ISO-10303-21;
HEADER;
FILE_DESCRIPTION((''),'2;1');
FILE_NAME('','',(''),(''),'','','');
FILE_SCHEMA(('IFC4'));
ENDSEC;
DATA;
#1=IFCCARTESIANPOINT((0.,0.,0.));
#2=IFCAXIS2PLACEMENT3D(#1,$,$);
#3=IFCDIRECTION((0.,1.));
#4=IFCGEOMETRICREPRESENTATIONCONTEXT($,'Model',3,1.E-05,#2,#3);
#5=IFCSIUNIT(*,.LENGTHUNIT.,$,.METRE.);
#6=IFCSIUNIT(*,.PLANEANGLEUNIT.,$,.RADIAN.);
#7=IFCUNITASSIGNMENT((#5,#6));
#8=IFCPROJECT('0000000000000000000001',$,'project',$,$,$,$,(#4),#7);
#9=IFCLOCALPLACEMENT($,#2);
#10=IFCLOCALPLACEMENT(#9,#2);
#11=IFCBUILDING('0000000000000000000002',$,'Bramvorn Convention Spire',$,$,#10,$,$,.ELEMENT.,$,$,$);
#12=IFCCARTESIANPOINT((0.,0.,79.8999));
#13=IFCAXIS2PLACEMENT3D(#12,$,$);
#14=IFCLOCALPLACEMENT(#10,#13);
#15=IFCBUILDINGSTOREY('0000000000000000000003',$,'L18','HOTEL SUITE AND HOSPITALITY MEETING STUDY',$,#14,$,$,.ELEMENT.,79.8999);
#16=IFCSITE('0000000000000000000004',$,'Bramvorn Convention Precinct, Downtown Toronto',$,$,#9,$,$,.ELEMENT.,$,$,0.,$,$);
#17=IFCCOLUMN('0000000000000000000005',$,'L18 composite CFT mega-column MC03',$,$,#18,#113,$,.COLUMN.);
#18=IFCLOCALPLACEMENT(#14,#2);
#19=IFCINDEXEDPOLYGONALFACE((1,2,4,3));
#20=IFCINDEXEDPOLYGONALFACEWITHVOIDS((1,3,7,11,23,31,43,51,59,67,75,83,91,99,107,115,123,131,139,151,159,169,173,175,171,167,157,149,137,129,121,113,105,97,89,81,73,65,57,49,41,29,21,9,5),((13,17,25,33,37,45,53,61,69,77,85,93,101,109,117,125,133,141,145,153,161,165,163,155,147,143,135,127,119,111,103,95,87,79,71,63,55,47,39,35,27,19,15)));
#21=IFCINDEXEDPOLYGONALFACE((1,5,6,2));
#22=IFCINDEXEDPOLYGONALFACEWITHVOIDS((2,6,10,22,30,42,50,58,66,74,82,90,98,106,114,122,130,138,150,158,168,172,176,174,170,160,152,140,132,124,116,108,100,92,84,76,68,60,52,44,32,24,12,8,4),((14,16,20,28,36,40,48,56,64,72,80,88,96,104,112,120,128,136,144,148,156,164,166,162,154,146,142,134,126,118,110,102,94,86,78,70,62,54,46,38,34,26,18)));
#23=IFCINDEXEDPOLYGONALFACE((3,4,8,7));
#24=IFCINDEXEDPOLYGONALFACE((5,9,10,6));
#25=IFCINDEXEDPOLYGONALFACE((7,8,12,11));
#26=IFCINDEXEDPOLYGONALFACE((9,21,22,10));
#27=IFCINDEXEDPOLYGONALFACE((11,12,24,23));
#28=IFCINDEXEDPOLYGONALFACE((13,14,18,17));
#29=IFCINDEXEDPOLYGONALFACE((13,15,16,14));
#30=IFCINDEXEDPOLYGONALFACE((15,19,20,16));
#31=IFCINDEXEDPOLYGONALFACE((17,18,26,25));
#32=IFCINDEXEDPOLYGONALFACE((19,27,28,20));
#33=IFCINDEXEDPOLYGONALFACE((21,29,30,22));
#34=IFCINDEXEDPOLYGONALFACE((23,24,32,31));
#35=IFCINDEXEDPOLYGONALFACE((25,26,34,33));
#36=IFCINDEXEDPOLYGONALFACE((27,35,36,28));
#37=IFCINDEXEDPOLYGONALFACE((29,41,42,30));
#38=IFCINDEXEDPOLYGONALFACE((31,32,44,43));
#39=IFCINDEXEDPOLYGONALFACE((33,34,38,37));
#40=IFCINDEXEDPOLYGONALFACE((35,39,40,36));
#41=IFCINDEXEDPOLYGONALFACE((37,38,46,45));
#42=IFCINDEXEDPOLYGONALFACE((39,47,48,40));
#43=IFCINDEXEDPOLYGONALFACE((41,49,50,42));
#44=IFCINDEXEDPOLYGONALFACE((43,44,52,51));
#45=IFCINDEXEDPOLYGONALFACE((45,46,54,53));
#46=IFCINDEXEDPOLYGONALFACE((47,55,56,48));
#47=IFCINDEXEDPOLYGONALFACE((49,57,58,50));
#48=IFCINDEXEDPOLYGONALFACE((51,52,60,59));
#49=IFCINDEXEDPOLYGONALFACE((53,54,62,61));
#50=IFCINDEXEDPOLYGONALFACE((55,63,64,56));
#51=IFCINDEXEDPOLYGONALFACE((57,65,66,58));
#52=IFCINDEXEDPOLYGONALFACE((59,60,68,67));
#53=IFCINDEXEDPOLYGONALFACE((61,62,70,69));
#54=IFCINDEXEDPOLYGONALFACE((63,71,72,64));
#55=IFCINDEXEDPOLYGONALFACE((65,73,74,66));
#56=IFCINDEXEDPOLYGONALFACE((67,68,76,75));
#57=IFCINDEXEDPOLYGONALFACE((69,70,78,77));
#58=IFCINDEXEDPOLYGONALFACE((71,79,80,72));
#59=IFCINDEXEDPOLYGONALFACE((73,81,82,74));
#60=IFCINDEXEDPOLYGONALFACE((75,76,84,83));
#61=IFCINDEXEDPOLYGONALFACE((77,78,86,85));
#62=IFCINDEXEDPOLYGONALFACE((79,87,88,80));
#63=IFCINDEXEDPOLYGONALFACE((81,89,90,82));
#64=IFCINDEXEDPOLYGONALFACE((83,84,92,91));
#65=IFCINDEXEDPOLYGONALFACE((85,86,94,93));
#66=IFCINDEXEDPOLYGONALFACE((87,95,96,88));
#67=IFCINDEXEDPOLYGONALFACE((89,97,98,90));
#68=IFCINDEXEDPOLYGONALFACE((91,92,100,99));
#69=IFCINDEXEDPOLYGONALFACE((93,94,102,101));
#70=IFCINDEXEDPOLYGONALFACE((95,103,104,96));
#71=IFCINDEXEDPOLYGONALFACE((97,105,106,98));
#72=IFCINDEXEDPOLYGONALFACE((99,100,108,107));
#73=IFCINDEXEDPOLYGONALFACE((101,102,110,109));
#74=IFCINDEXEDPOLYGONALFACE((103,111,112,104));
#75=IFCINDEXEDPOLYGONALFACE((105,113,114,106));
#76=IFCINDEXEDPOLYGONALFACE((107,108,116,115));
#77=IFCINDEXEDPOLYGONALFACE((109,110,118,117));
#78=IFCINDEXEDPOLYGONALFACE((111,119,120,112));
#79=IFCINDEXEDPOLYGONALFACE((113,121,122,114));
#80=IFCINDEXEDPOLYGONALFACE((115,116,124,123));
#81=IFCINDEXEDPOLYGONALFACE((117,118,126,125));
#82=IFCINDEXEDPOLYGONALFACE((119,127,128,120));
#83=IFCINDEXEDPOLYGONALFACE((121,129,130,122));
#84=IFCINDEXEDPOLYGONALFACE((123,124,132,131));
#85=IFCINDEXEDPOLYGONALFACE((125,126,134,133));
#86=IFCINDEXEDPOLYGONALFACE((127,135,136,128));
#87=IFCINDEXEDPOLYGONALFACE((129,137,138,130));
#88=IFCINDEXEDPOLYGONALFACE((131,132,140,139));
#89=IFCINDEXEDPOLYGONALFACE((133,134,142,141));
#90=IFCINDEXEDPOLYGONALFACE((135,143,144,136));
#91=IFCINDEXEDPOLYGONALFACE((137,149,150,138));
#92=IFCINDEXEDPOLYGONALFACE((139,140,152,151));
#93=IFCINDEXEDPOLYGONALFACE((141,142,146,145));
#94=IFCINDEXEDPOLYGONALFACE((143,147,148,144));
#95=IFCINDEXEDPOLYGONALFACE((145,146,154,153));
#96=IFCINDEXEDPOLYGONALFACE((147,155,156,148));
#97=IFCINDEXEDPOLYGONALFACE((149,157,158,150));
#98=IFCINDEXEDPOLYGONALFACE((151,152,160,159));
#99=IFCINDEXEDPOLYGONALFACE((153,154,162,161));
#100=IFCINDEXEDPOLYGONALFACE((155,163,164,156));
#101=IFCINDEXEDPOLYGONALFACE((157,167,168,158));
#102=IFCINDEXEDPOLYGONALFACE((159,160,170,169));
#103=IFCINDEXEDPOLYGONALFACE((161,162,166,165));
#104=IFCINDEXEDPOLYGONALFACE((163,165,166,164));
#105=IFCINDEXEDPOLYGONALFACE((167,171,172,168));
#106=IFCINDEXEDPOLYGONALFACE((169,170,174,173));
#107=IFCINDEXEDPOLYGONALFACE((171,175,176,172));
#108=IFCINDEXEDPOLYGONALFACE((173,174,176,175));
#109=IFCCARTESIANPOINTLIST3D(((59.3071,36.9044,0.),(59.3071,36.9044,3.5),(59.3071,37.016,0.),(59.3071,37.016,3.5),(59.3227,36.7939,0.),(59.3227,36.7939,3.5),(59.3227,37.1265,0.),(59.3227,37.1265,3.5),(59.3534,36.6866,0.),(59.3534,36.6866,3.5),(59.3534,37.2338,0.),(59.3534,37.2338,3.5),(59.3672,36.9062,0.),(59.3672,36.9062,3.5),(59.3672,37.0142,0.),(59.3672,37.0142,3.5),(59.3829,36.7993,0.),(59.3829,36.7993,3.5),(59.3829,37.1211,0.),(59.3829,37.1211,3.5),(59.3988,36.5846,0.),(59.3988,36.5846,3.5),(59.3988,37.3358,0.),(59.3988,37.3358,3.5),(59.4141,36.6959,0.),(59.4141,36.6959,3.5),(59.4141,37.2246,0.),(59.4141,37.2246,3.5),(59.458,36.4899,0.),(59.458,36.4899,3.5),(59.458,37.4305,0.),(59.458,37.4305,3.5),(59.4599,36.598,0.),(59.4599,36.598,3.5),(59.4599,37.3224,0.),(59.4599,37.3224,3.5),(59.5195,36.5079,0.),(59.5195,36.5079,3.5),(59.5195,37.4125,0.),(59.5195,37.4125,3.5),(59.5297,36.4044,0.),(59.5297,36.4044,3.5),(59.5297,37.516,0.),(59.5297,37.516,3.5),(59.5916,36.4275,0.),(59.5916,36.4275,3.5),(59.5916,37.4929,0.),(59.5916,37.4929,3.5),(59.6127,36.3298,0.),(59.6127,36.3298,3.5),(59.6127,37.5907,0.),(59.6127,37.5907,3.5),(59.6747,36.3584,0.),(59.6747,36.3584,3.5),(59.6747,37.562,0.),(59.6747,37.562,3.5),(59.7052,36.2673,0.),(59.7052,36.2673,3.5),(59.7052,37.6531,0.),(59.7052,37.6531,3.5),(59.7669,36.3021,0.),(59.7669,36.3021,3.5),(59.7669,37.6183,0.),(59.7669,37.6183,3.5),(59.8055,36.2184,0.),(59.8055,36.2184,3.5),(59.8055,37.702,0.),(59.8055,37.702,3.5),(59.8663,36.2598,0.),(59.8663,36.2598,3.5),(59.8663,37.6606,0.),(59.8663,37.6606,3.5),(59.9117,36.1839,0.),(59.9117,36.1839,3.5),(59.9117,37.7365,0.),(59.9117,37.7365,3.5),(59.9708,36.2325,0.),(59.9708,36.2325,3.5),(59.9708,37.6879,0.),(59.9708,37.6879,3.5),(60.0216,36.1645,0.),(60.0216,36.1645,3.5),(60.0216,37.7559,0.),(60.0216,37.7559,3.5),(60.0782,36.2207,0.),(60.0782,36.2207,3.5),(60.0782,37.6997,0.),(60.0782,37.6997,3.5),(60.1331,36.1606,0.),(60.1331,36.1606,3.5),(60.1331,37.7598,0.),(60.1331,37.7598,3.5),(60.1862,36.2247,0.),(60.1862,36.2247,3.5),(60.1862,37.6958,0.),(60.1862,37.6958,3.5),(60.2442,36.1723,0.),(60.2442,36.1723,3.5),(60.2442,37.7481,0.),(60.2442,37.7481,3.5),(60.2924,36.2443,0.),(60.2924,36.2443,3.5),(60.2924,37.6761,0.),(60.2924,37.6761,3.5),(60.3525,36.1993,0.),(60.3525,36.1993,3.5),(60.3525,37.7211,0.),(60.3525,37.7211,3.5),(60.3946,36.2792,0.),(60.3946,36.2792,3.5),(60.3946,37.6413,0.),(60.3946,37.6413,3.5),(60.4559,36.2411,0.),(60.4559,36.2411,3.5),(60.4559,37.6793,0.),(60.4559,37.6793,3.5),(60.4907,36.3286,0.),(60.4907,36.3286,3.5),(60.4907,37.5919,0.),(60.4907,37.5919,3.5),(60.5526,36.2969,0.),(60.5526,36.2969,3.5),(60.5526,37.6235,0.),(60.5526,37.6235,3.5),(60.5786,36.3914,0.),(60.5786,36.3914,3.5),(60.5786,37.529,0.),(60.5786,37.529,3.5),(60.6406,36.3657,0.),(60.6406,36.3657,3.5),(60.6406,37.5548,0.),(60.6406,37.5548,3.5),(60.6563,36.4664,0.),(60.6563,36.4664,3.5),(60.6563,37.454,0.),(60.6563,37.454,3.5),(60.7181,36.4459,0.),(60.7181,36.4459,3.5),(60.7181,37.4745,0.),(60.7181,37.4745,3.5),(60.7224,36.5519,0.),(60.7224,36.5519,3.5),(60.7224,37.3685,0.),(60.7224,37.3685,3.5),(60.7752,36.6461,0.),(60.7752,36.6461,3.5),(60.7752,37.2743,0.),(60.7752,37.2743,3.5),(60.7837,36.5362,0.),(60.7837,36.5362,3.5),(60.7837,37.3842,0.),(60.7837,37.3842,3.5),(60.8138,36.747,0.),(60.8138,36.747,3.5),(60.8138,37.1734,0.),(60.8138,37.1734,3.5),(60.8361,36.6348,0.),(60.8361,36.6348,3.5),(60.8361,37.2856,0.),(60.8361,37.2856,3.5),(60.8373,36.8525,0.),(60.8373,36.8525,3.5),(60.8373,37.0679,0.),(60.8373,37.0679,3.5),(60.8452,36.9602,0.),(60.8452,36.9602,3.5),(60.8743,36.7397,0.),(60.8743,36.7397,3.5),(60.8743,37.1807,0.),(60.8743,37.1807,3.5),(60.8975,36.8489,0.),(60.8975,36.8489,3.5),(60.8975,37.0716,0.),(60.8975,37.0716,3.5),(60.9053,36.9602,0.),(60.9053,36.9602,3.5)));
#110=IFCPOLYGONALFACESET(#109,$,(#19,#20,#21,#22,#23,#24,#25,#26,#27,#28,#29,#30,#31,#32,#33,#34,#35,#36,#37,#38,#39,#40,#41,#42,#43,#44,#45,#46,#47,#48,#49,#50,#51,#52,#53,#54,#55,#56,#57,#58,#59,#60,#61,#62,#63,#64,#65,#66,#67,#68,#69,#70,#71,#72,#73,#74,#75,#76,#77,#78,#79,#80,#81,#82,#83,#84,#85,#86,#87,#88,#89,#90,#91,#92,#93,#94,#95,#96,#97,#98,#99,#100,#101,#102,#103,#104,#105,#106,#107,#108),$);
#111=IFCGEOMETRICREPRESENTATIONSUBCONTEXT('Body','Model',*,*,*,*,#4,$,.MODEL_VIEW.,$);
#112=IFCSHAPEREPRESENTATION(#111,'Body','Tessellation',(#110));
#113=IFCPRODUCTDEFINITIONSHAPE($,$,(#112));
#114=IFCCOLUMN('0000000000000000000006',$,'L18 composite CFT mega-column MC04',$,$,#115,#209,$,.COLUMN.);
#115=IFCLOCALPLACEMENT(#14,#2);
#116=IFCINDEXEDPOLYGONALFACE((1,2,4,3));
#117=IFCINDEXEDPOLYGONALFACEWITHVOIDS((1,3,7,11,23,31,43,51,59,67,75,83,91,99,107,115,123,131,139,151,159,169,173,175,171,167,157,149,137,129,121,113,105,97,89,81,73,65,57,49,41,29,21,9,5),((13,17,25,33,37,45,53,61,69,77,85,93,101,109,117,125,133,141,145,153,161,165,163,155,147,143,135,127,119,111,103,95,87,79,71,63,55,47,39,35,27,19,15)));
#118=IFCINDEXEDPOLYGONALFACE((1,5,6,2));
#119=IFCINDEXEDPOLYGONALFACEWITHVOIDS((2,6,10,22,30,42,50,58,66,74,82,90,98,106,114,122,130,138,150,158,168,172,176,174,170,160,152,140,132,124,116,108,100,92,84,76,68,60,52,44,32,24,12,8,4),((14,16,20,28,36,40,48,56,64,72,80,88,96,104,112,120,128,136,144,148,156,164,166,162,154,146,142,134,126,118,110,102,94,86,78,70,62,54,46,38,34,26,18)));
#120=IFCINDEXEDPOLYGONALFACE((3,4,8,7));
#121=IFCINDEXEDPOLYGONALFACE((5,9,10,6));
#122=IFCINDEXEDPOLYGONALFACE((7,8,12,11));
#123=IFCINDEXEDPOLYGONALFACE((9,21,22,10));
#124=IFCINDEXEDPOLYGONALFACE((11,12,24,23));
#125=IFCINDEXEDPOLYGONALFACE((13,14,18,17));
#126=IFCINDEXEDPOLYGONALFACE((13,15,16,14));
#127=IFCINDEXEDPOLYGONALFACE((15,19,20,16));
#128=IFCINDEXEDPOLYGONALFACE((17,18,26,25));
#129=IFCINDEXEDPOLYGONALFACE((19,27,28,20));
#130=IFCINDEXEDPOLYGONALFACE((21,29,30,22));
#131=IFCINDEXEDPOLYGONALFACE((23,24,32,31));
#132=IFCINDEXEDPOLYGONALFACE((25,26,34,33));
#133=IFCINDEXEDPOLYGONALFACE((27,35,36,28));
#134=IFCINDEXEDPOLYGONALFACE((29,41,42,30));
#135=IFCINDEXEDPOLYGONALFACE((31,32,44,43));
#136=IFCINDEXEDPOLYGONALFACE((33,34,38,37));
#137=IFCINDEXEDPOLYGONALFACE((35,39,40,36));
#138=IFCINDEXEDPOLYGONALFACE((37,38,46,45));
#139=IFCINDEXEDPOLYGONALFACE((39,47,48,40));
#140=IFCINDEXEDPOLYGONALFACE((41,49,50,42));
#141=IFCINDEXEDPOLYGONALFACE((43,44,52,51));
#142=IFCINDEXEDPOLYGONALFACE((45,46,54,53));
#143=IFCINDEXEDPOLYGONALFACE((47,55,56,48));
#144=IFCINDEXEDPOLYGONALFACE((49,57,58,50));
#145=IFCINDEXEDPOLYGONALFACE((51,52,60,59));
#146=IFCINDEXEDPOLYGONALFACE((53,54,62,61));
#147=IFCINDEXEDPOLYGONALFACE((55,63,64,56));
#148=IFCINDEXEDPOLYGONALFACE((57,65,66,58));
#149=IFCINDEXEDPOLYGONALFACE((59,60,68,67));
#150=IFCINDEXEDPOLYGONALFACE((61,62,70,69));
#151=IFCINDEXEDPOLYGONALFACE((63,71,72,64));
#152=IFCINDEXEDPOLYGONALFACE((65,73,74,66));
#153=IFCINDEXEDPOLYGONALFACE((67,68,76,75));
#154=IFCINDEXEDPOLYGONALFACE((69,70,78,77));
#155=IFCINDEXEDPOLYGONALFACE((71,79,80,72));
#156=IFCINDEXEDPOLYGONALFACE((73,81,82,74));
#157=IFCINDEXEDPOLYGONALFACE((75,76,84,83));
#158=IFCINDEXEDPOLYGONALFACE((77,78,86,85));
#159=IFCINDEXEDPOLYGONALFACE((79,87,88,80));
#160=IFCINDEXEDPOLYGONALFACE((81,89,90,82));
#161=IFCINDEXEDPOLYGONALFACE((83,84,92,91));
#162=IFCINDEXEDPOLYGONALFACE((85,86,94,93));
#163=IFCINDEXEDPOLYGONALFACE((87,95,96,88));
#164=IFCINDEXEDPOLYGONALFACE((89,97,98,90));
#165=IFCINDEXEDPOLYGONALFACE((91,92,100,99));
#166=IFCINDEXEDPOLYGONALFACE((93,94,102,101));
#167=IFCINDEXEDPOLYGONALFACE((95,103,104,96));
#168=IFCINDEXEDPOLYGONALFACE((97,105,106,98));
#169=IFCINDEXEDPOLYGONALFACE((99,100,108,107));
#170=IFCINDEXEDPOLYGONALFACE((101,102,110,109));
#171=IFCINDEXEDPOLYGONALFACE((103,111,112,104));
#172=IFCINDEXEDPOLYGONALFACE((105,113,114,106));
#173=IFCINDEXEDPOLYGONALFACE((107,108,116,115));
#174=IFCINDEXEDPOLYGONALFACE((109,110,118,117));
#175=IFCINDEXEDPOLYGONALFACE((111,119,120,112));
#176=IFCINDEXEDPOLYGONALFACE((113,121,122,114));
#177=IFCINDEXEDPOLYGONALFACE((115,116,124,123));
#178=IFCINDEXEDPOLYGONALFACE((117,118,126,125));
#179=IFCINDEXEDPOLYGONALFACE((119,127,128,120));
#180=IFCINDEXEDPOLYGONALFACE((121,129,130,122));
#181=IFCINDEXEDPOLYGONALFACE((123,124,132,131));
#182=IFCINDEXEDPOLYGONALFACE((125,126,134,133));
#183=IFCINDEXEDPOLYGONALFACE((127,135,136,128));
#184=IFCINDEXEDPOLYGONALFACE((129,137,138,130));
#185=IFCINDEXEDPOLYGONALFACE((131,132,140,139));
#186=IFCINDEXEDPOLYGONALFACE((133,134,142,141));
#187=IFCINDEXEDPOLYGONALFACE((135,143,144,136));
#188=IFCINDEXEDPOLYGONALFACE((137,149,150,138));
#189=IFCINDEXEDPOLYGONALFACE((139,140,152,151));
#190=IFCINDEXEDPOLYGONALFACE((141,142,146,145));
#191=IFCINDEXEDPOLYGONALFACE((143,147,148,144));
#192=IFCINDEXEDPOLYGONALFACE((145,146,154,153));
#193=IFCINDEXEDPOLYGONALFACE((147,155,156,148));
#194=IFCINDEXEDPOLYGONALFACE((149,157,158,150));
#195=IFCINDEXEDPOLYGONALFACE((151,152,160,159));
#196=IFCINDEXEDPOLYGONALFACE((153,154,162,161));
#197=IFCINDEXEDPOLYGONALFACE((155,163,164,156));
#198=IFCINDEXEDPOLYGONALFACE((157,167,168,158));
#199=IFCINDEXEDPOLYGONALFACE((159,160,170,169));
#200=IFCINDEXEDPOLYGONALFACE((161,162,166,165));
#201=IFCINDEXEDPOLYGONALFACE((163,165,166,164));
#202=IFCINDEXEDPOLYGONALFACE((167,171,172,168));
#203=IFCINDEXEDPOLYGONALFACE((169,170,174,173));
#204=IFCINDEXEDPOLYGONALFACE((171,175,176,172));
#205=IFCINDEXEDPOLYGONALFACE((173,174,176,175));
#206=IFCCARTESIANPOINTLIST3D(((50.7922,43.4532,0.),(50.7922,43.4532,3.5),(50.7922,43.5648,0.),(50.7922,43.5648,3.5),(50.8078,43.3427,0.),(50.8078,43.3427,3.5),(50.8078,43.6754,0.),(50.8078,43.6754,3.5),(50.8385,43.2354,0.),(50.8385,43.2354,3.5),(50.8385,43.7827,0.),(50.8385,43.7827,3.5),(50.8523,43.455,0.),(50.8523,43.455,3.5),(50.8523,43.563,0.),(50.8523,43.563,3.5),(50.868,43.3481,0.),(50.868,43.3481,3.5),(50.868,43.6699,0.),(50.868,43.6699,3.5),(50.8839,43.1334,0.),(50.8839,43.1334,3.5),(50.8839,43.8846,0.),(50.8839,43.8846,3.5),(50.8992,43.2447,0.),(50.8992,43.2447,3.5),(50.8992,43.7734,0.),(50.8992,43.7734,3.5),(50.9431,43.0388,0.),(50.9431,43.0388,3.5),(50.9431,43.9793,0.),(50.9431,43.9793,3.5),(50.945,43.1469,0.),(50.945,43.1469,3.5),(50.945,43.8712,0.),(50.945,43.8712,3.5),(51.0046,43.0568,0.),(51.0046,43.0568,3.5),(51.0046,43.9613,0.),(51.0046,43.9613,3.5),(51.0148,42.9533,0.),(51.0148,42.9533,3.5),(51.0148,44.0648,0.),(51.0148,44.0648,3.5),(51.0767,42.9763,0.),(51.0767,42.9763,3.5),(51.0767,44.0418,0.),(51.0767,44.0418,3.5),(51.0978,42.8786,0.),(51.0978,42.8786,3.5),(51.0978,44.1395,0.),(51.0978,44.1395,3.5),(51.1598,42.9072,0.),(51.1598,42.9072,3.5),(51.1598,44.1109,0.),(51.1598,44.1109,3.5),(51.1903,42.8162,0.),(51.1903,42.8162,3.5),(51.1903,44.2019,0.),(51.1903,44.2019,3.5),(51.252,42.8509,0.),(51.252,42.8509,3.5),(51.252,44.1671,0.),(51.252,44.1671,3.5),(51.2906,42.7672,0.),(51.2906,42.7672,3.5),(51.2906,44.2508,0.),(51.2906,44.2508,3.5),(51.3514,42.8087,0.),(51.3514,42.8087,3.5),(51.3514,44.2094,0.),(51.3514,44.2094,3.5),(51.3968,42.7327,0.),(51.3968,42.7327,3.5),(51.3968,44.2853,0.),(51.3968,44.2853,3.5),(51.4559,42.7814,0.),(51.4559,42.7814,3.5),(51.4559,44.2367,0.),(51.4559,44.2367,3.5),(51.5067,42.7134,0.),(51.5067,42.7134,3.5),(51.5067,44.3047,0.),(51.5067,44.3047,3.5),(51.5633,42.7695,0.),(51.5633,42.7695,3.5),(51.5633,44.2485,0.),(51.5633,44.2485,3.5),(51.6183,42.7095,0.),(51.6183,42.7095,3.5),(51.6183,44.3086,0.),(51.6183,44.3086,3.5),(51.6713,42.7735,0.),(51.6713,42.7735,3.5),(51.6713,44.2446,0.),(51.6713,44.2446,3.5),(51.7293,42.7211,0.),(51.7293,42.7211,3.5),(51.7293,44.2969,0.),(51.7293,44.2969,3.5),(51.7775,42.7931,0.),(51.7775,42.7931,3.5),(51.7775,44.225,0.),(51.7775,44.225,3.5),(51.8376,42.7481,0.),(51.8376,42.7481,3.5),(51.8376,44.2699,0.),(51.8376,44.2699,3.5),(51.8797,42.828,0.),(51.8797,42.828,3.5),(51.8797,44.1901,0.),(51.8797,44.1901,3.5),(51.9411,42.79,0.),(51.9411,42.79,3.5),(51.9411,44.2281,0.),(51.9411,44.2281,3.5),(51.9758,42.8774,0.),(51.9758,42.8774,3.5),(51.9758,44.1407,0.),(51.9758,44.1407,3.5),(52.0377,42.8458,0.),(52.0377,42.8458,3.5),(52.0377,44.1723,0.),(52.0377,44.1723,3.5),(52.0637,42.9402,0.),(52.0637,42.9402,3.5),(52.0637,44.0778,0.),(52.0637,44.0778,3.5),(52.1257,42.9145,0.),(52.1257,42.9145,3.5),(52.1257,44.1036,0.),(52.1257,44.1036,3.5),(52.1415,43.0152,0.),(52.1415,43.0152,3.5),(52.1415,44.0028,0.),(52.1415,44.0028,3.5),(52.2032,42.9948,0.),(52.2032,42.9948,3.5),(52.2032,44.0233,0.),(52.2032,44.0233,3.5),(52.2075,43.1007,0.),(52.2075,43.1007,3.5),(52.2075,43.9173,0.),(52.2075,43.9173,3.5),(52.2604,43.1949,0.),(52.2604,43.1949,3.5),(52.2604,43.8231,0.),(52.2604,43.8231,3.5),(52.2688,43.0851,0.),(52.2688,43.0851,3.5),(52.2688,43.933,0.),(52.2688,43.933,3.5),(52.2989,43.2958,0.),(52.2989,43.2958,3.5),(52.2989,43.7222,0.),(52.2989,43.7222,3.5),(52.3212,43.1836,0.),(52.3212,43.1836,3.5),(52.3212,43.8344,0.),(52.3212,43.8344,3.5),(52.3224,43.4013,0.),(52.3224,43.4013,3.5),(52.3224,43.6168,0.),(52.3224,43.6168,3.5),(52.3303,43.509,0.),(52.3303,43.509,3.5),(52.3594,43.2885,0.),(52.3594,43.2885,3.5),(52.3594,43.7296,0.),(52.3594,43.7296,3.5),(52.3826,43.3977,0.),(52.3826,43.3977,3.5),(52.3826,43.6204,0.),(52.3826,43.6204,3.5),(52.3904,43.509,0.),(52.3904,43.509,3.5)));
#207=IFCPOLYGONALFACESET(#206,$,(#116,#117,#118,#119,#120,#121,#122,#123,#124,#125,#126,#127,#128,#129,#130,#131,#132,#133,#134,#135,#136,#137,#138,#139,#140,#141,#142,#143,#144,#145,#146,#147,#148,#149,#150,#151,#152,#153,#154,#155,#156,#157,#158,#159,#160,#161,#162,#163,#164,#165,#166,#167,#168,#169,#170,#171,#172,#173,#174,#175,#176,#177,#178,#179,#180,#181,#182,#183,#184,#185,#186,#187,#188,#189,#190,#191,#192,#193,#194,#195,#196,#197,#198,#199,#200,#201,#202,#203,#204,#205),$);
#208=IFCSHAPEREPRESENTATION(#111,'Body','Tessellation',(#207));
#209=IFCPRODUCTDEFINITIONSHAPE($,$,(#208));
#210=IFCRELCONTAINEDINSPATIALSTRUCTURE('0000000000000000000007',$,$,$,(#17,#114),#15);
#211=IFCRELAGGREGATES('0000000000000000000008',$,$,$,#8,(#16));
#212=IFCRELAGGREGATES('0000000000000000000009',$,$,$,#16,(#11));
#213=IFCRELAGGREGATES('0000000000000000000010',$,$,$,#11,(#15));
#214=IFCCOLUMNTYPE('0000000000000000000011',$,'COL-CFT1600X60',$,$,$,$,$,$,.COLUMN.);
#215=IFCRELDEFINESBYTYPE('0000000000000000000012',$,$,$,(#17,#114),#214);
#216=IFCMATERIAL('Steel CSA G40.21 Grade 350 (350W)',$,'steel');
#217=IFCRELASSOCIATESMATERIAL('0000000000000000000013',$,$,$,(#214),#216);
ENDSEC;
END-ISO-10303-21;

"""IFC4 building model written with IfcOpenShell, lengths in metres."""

from ifc_helpers import new_model, si_unit, direction, frame, origin, origin_2d, place, context, subcontext, project, spatial, hollow_circle, extrude, material, material_profile, profile_set, type_object, element, save


model = new_model("IFC4")

# Units and contexts
model_context = context("Model", 3, precision=1e-05, world=origin(), true_north=direction((0.0, 1.0)))
body_context = subcontext(model_context, "Body", "Model", "MODEL_VIEW")
ifc_project = project(units=[si_unit("LENGTHUNIT", "METRE"), si_unit("PLANEANGLEUNIT", "RADIAN")], contexts=[model_context])

# Site, building, storey
site_placement = place(None, origin())
site = spatial("IfcSite", under=ifc_project, at=site_placement, Name="Bramvorn Convention Precinct, Downtown Toronto", CompositionType="ELEMENT", RefElevation=0.0)
building_placement = place(site_placement, origin())
building = spatial("IfcBuilding", under=site, at=building_placement, Name="Bramvorn Convention Spire", CompositionType="ELEMENT")
storey_placement = place(building_placement, frame((0.0, 0.0, 79.8999)))
storey = spatial("IfcBuildingStorey", under=building, at=storey_placement, Name="L18", Description="HOTEL SUITE AND HOSPITALITY MEETING STUDY", CompositionType="ELEMENT", Elevation=79.8999)

# Columns
ifc_material_1 = material(Name="Steel CSA G40.21 Grade 350 (350W)", Category="steel")
ifc_material_profile_1 = material_profile(ifc_material_1, hollow_circle(Radius=0.8, WallThickness=0.0601, at=origin_2d()))
ifc_profile_set_1 = profile_set([ifc_material_profile_1], Name="Steel CSA G40.21 Grade 350 (350W) - CFT1600X60")
column_type = type_object("IfcColumnType", Name="COL-CFT1600X60", PredefinedType="COLUMN", material=ifc_profile_set_1)
for number, where, z_axis, x_axis, name in (
    (1, (60.1052, 36.9602, 0.0), (0.0, 0.0, 1.0), (1.0, 0.0, 0.0), "L18 composite CFT mega-column MC03"),
    (2, (51.5903, 43.509, 0.0), (0.0, 0.0, 1.0), (1.0, 0.0, 0.0), "L18 composite CFT mega-column MC04"),
):
    element("IfcColumn", number, at=place(storey_placement, frame(where, z_axis=z_axis, x_axis=x_axis)), inside=storey, type_object=column_type, Name=name, PredefinedType="COLUMN", context=body_context, shape_type="SweptSolid", body=[
        extrude(hollow_circle(Radius=0.8, WallThickness=0.0601, at=origin_2d()), origin(), (0.0, 0.0, 1.0), 3.5),
    ])

save(model, "model.ifc")
